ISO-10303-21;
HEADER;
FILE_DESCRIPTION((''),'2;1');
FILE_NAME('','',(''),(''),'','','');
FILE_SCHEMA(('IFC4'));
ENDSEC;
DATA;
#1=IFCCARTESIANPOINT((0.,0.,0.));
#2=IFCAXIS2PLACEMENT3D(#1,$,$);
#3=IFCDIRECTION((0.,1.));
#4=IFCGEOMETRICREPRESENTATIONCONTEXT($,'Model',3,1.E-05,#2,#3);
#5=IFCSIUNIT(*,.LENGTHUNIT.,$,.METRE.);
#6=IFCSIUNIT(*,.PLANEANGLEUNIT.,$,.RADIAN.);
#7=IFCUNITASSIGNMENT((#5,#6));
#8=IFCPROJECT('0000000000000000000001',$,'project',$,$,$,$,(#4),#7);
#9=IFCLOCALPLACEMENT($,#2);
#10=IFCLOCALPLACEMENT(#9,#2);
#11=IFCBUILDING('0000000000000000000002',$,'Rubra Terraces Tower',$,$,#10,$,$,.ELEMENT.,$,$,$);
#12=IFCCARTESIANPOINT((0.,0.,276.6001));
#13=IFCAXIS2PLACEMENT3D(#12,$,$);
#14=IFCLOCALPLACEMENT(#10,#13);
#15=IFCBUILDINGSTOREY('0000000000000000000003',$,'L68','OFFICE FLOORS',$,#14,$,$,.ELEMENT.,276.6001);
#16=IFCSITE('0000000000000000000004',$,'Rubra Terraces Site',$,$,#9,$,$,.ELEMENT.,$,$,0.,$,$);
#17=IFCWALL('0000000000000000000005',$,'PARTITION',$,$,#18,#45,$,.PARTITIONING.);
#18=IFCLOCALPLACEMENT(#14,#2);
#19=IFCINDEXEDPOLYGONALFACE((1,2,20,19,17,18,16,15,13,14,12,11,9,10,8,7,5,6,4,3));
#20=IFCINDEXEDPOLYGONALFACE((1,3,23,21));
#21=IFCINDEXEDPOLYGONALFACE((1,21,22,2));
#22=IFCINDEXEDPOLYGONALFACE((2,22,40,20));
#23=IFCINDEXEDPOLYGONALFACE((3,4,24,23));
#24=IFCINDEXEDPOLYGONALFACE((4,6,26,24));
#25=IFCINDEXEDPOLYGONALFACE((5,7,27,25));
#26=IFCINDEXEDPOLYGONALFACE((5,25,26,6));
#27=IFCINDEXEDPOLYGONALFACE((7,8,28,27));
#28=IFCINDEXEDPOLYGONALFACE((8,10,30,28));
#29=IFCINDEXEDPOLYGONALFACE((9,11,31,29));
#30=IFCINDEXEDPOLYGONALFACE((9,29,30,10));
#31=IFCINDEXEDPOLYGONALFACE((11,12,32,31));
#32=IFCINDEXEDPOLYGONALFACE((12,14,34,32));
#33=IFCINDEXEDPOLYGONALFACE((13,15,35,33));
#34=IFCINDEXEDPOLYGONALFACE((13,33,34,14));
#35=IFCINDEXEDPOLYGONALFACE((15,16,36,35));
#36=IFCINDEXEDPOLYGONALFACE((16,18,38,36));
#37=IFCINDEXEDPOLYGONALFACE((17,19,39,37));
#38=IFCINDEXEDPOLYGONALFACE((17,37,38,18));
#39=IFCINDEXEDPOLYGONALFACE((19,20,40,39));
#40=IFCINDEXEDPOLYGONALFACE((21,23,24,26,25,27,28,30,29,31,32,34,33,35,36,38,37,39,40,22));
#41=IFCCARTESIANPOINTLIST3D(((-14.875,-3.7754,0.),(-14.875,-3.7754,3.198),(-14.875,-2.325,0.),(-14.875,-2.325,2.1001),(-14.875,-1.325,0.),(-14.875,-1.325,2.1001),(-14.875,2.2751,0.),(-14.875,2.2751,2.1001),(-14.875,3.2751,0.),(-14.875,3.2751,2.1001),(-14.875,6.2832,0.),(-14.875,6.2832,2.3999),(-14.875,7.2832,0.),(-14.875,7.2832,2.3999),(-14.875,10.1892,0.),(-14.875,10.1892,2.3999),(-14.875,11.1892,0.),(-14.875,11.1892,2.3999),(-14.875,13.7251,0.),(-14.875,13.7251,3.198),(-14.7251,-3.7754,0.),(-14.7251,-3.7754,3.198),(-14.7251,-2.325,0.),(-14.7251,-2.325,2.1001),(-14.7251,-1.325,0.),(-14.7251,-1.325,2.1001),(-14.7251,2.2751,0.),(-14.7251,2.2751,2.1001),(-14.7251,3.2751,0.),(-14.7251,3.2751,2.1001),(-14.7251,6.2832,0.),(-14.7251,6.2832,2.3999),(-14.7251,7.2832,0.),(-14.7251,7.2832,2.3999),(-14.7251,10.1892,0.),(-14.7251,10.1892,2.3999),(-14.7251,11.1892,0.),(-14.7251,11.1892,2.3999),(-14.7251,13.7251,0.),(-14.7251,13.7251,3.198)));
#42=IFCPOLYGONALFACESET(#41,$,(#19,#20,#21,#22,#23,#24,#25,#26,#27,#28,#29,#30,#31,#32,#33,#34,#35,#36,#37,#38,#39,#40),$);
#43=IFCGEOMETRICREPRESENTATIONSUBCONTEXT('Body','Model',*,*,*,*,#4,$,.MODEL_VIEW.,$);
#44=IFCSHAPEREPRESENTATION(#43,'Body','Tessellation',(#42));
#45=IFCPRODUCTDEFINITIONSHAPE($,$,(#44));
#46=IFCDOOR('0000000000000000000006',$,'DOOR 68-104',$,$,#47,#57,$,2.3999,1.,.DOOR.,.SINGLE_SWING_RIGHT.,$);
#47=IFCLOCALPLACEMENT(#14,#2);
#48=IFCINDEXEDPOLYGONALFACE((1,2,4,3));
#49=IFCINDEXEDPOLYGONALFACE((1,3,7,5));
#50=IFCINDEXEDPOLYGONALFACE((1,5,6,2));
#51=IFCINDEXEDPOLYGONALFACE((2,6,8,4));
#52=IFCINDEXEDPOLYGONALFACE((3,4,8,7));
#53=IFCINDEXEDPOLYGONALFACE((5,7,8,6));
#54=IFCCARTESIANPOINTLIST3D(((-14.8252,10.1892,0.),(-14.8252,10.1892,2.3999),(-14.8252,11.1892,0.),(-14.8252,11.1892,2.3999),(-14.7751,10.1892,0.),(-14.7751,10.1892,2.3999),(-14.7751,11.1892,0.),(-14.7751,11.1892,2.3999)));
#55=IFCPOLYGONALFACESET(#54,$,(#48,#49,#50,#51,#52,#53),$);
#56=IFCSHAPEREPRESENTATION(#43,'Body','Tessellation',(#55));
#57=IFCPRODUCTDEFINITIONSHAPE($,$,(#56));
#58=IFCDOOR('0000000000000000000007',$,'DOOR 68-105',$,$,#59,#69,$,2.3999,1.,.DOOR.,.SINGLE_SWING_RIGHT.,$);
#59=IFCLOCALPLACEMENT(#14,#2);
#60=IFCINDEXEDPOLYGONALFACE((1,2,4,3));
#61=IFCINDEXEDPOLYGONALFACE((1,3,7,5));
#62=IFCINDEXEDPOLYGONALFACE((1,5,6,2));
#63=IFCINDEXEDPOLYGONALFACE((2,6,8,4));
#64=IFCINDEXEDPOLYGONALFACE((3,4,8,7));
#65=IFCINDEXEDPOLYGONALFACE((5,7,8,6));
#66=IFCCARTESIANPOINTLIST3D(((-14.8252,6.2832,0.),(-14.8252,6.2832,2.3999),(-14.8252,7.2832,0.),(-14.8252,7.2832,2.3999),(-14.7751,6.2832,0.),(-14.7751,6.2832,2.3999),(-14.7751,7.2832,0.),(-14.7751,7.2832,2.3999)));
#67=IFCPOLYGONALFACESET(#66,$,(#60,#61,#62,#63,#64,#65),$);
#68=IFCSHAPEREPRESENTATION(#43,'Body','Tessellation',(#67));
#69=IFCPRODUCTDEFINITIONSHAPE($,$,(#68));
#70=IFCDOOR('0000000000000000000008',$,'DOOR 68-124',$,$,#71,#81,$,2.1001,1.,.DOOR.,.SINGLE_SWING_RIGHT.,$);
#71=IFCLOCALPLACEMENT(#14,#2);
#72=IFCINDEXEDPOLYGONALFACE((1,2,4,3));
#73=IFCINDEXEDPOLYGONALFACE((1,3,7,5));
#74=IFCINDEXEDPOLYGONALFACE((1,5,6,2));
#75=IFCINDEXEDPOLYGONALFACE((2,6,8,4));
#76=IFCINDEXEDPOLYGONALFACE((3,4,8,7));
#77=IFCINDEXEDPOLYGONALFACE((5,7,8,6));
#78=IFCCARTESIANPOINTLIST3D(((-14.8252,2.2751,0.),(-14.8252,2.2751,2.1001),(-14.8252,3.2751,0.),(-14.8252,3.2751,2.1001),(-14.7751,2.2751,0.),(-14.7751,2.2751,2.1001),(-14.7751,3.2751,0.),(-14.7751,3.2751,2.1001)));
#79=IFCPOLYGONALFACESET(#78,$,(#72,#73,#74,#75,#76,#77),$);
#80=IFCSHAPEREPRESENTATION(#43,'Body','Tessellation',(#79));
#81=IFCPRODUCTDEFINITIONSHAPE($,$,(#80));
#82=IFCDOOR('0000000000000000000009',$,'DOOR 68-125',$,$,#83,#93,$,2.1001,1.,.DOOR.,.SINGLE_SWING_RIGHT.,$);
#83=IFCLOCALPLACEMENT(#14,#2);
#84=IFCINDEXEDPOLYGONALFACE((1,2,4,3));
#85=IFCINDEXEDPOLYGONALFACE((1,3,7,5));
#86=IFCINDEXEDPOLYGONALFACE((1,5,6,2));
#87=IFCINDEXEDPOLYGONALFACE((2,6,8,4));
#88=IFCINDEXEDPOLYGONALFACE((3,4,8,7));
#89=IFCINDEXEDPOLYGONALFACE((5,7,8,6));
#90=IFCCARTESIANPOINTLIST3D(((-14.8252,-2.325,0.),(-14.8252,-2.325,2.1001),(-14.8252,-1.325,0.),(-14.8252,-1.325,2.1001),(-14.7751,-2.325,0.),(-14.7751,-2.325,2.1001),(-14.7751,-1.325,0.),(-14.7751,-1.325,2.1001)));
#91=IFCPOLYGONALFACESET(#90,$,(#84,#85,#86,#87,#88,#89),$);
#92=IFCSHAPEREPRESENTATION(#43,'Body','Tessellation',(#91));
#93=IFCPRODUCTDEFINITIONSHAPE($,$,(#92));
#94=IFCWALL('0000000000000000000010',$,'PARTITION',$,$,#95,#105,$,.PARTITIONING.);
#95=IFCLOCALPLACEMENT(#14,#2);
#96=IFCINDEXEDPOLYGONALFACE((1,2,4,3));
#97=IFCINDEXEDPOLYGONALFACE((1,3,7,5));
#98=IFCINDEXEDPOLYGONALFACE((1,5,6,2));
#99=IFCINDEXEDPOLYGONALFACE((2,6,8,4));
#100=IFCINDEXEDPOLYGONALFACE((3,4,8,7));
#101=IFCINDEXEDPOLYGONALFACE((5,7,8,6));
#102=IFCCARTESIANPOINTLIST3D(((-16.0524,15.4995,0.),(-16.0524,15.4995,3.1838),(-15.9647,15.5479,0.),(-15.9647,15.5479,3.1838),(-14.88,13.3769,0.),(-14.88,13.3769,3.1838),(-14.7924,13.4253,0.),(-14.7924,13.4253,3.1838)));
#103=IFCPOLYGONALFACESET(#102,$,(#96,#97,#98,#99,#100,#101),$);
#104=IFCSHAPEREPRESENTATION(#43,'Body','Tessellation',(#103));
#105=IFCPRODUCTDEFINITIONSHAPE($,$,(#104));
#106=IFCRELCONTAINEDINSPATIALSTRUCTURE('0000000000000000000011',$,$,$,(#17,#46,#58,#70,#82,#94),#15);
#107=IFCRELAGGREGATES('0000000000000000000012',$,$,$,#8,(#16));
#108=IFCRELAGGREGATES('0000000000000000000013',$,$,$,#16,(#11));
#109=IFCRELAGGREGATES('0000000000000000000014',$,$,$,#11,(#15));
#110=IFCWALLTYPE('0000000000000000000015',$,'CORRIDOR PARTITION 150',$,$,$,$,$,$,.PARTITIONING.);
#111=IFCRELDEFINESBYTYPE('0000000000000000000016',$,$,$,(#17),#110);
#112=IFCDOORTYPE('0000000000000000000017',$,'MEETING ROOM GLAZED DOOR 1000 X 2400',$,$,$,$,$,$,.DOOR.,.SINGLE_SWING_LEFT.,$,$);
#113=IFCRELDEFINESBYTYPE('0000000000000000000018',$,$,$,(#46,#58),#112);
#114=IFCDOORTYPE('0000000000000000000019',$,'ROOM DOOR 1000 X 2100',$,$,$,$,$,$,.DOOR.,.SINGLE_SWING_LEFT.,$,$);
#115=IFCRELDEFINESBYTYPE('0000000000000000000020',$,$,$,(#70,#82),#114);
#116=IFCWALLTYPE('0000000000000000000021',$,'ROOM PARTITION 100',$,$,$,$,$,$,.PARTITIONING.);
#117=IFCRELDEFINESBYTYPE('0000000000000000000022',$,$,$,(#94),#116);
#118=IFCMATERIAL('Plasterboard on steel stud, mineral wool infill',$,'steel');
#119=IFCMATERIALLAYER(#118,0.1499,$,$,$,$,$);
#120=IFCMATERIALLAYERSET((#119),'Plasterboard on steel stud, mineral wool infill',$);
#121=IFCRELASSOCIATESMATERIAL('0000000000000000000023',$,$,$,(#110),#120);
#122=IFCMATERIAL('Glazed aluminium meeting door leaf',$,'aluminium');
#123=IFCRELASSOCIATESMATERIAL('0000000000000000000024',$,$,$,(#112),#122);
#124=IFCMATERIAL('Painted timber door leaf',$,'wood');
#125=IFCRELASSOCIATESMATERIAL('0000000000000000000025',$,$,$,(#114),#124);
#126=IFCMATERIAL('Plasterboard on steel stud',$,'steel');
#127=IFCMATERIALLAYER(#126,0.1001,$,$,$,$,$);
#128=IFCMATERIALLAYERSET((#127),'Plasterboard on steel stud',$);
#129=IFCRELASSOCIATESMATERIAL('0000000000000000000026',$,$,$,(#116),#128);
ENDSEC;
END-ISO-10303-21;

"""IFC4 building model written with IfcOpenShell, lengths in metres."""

from ifc_helpers import new_model, si_unit, direction, frame, frame_2d, origin, place, context, subcontext, project, spatial, rectangle, extrude, material, layer, layer_set, type_object, element, fill, save


model = new_model("IFC4")

# Units and contexts
model_context = context("Model", 3, precision=1e-05, world=origin(), true_north=direction((0.0, 1.0)))
body_context = subcontext(model_context, "Body", "Model", "MODEL_VIEW")
ifc_project = project(units=[si_unit("LENGTHUNIT", "METRE"), si_unit("PLANEANGLEUNIT", "RADIAN")], contexts=[model_context])

# Site, building, storey
site_placement = place(None, origin())
site = spatial("IfcSite", under=ifc_project, at=site_placement, Name="Rubra Terraces Site", CompositionType="ELEMENT", RefElevation=0.0)
building_placement = place(site_placement, origin())
building = spatial("IfcBuilding", under=site, at=building_placement, Name="Rubra Terraces Tower", CompositionType="ELEMENT")
storey_placement = place(building_placement, frame((0.0, 0.0, 276.6001)))
storey = spatial("IfcBuildingStorey", under=building, at=storey_placement, Name="L68", Description="OFFICE FLOORS", CompositionType="ELEMENT", Elevation=276.6001)

# Wall, openings, doors
ifc_material_1 = material(Name="Plasterboard on steel stud, mineral wool infill", Category="steel")
ifc_layer_1 = layer(ifc_material_1, 0.1499)
ifc_layer_set_1 = layer_set([ifc_layer_1], Name="Plasterboard on steel stud, mineral wool infill")
wall_type_1 = type_object("IfcWallType", Name="CORRIDOR PARTITION 150", PredefinedType="PARTITIONING", material=ifc_layer_set_1)
wall_1_placement = place(storey_placement, frame((-14.8, 13.7251, 0.0), z_axis=(0.0, 0.0, 1.0), x_axis=(0.0, -1.0, 0.0)))
wall_1 = element("IfcWall", 1, at=wall_1_placement, inside=storey, type_object=wall_type_1, Name="PARTITION", PredefinedType="PARTITIONING", context=body_context, shape_type="SweptSolid", body=[
    extrude(rectangle(XDim=17.5005, YDim=0.1499, at=frame_2d((8.7502, 0.0))), origin(), (0.0, 0.0, 1.0), 3.198),
])
opening_1_placement = place(wall_1_placement, frame((2.5359, 0.0, 0.0)))
opening_1 = element("IfcOpeningElement", 2, at=opening_1_placement, cuts=wall_1, PredefinedType="OPENING", context=body_context, shape_type="SweptSolid", body=[
    extrude(rectangle(XDim=1.0, YDim=2.3999, at=frame_2d((0.5, 1.2))), frame((0.0, 0.085, 0.0), z_axis=(0.0, -1.0, 0.0), x_axis=(1.0, 0.0, 0.0)), (0.0, 0.0, 1.0), 0.1699),
])
opening_2_placement = place(wall_1_placement, frame((6.4419, 0.0, 0.0)))
opening_2 = element("IfcOpeningElement", 3, at=opening_2_placement, cuts=wall_1, PredefinedType="OPENING", context=body_context, shape_type="SweptSolid", body=[
    extrude(rectangle(XDim=1.0, YDim=2.3999, at=frame_2d((0.5, 1.2))), frame((0.0, 0.085, 0.0), z_axis=(0.0, -1.0, 0.0), x_axis=(1.0, 0.0, 0.0)), (0.0, 0.0, 1.0), 0.1699),
])
opening_3_placement = place(wall_1_placement, frame((10.45, 0.0, 0.0)))
opening_3 = element("IfcOpeningElement", 4, at=opening_3_placement, cuts=wall_1, PredefinedType="OPENING", context=body_context, shape_type="SweptSolid", body=[
    extrude(rectangle(XDim=1.0, YDim=2.1001, at=frame_2d((0.5, 1.05))), frame((0.0, 0.085, 0.0), z_axis=(0.0, -1.0, 0.0), x_axis=(1.0, 0.0, 0.0)), (0.0, 0.0, 1.0), 0.1699),
])
opening_4_placement = place(wall_1_placement, frame((15.05, 0.0, 0.0)))
opening_4 = element("IfcOpeningElement", 5, at=opening_4_placement, cuts=wall_1, PredefinedType="OPENING", context=body_context, shape_type="SweptSolid", body=[
    extrude(rectangle(XDim=1.0, YDim=2.1001, at=frame_2d((0.5, 1.05))), frame((0.0, 0.085, 0.0), z_axis=(0.0, -1.0, 0.0), x_axis=(1.0, 0.0, 0.0)), (0.0, 0.0, 1.0), 0.1699),
])
ifc_material_2 = material(Name="Glazed aluminium meeting door leaf", Category="aluminium")
door_type_1 = type_object("IfcDoorType", Name="MEETING ROOM GLAZED DOOR 1000 X 2400", OperationType="SINGLE_SWING_LEFT", PredefinedType="DOOR", material=ifc_material_2)
door_1_placement = place(opening_1_placement, origin())
door_1 = element("IfcDoor", 6, at=door_1_placement, inside=storey, type_object=door_type_1, Name="DOOR 68-104", OperationType="SINGLE_SWING_RIGHT", OverallHeight=2.3999, OverallWidth=1.0, PredefinedType="DOOR", context=body_context, shape_type="SweptSolid", body=[
    extrude(rectangle(XDim=1.0, YDim=2.3999, at=frame_2d((0.5, 1.2))), frame((0.0, 0.0249, 0.0), z_axis=(0.0, -1.0, 0.0), x_axis=(1.0, 0.0, 0.0)), (0.0, 0.0, 1.0), 0.05),
])
fill(opening_1, door_1)
door_2_placement = place(opening_2_placement, origin())
door_2 = element("IfcDoor", 7, at=door_2_placement, inside=storey, type_object=door_type_1, Name="DOOR 68-105", OperationType="SINGLE_SWING_RIGHT", OverallHeight=2.3999, OverallWidth=1.0, PredefinedType="DOOR", context=body_context, shape_type="SweptSolid", body=[
    extrude(rectangle(XDim=1.0, YDim=2.3999, at=frame_2d((0.5, 1.2))), frame((0.0, 0.0249, 0.0), z_axis=(0.0, -1.0, 0.0), x_axis=(1.0, 0.0, 0.0)), (0.0, 0.0, 1.0), 0.05),
])
fill(opening_2, door_2)
ifc_material_3 = material(Name="Painted timber door leaf", Category="wood")
door_type_2 = type_object("IfcDoorType", Name="ROOM DOOR 1000 X 2100", OperationType="SINGLE_SWING_LEFT", PredefinedType="DOOR", material=ifc_material_3)
door_3_placement = place(opening_3_placement, origin())
door_3 = element("IfcDoor", 8, at=door_3_placement, inside=storey, type_object=door_type_2, Name="DOOR 68-124", OperationType="SINGLE_SWING_RIGHT", OverallHeight=2.1001, OverallWidth=1.0, PredefinedType="DOOR", context=body_context, shape_type="SweptSolid", body=[
    extrude(rectangle(XDim=1.0, YDim=2.1001, at=frame_2d((0.5, 1.05))), frame((0.0, 0.0249, 0.0), z_axis=(0.0, -1.0, 0.0), x_axis=(1.0, 0.0, 0.0)), (0.0, 0.0, 1.0), 0.05),
])
fill(opening_3, door_3)
door_4_placement = place(opening_4_placement, origin())
door_4 = element("IfcDoor", 9, at=door_4_placement, inside=storey, type_object=door_type_2, Name="DOOR 68-125", OperationType="SINGLE_SWING_RIGHT", OverallHeight=2.1001, OverallWidth=1.0, PredefinedType="DOOR", context=body_context, shape_type="SweptSolid", body=[
    extrude(rectangle(XDim=1.0, YDim=2.1001, at=frame_2d((0.5, 1.05))), frame((0.0, 0.0249, 0.0), z_axis=(0.0, -1.0, 0.0), x_axis=(1.0, 0.0, 0.0)), (0.0, 0.0, 1.0), 0.05),
])
fill(opening_4, door_4)

# Wall
ifc_material_4 = material(Name="Plasterboard on steel stud", Category="steel")
ifc_layer_2 = layer(ifc_material_4, 0.1001)
ifc_layer_set_2 = layer_set([ifc_layer_2], Name="Plasterboard on steel stud")
wall_type_2 = type_object("IfcWallType", Name="ROOM PARTITION 100", PredefinedType="PARTITIONING", material=ifc_layer_set_2)
wall_2_placement = place(storey_placement, frame((-14.8362, 13.4011, 0.0), z_axis=(0.0, 0.0, 1.0), x_axis=(-0.483487, 0.875351, 0.0)))
element("IfcWall", 10, at=wall_2_placement, inside=storey, type_object=wall_type_2, Name="PARTITION", PredefinedType="PARTITIONING", context=body_context, shape_type="SweptSolid", body=[
    extrude(rectangle(XDim=2.4248, YDim=0.1001, at=frame_2d((1.2124, 0.0))), origin(), (0.0, 0.0, 1.0), 3.1838),
])

save(model, "model.ifc")
